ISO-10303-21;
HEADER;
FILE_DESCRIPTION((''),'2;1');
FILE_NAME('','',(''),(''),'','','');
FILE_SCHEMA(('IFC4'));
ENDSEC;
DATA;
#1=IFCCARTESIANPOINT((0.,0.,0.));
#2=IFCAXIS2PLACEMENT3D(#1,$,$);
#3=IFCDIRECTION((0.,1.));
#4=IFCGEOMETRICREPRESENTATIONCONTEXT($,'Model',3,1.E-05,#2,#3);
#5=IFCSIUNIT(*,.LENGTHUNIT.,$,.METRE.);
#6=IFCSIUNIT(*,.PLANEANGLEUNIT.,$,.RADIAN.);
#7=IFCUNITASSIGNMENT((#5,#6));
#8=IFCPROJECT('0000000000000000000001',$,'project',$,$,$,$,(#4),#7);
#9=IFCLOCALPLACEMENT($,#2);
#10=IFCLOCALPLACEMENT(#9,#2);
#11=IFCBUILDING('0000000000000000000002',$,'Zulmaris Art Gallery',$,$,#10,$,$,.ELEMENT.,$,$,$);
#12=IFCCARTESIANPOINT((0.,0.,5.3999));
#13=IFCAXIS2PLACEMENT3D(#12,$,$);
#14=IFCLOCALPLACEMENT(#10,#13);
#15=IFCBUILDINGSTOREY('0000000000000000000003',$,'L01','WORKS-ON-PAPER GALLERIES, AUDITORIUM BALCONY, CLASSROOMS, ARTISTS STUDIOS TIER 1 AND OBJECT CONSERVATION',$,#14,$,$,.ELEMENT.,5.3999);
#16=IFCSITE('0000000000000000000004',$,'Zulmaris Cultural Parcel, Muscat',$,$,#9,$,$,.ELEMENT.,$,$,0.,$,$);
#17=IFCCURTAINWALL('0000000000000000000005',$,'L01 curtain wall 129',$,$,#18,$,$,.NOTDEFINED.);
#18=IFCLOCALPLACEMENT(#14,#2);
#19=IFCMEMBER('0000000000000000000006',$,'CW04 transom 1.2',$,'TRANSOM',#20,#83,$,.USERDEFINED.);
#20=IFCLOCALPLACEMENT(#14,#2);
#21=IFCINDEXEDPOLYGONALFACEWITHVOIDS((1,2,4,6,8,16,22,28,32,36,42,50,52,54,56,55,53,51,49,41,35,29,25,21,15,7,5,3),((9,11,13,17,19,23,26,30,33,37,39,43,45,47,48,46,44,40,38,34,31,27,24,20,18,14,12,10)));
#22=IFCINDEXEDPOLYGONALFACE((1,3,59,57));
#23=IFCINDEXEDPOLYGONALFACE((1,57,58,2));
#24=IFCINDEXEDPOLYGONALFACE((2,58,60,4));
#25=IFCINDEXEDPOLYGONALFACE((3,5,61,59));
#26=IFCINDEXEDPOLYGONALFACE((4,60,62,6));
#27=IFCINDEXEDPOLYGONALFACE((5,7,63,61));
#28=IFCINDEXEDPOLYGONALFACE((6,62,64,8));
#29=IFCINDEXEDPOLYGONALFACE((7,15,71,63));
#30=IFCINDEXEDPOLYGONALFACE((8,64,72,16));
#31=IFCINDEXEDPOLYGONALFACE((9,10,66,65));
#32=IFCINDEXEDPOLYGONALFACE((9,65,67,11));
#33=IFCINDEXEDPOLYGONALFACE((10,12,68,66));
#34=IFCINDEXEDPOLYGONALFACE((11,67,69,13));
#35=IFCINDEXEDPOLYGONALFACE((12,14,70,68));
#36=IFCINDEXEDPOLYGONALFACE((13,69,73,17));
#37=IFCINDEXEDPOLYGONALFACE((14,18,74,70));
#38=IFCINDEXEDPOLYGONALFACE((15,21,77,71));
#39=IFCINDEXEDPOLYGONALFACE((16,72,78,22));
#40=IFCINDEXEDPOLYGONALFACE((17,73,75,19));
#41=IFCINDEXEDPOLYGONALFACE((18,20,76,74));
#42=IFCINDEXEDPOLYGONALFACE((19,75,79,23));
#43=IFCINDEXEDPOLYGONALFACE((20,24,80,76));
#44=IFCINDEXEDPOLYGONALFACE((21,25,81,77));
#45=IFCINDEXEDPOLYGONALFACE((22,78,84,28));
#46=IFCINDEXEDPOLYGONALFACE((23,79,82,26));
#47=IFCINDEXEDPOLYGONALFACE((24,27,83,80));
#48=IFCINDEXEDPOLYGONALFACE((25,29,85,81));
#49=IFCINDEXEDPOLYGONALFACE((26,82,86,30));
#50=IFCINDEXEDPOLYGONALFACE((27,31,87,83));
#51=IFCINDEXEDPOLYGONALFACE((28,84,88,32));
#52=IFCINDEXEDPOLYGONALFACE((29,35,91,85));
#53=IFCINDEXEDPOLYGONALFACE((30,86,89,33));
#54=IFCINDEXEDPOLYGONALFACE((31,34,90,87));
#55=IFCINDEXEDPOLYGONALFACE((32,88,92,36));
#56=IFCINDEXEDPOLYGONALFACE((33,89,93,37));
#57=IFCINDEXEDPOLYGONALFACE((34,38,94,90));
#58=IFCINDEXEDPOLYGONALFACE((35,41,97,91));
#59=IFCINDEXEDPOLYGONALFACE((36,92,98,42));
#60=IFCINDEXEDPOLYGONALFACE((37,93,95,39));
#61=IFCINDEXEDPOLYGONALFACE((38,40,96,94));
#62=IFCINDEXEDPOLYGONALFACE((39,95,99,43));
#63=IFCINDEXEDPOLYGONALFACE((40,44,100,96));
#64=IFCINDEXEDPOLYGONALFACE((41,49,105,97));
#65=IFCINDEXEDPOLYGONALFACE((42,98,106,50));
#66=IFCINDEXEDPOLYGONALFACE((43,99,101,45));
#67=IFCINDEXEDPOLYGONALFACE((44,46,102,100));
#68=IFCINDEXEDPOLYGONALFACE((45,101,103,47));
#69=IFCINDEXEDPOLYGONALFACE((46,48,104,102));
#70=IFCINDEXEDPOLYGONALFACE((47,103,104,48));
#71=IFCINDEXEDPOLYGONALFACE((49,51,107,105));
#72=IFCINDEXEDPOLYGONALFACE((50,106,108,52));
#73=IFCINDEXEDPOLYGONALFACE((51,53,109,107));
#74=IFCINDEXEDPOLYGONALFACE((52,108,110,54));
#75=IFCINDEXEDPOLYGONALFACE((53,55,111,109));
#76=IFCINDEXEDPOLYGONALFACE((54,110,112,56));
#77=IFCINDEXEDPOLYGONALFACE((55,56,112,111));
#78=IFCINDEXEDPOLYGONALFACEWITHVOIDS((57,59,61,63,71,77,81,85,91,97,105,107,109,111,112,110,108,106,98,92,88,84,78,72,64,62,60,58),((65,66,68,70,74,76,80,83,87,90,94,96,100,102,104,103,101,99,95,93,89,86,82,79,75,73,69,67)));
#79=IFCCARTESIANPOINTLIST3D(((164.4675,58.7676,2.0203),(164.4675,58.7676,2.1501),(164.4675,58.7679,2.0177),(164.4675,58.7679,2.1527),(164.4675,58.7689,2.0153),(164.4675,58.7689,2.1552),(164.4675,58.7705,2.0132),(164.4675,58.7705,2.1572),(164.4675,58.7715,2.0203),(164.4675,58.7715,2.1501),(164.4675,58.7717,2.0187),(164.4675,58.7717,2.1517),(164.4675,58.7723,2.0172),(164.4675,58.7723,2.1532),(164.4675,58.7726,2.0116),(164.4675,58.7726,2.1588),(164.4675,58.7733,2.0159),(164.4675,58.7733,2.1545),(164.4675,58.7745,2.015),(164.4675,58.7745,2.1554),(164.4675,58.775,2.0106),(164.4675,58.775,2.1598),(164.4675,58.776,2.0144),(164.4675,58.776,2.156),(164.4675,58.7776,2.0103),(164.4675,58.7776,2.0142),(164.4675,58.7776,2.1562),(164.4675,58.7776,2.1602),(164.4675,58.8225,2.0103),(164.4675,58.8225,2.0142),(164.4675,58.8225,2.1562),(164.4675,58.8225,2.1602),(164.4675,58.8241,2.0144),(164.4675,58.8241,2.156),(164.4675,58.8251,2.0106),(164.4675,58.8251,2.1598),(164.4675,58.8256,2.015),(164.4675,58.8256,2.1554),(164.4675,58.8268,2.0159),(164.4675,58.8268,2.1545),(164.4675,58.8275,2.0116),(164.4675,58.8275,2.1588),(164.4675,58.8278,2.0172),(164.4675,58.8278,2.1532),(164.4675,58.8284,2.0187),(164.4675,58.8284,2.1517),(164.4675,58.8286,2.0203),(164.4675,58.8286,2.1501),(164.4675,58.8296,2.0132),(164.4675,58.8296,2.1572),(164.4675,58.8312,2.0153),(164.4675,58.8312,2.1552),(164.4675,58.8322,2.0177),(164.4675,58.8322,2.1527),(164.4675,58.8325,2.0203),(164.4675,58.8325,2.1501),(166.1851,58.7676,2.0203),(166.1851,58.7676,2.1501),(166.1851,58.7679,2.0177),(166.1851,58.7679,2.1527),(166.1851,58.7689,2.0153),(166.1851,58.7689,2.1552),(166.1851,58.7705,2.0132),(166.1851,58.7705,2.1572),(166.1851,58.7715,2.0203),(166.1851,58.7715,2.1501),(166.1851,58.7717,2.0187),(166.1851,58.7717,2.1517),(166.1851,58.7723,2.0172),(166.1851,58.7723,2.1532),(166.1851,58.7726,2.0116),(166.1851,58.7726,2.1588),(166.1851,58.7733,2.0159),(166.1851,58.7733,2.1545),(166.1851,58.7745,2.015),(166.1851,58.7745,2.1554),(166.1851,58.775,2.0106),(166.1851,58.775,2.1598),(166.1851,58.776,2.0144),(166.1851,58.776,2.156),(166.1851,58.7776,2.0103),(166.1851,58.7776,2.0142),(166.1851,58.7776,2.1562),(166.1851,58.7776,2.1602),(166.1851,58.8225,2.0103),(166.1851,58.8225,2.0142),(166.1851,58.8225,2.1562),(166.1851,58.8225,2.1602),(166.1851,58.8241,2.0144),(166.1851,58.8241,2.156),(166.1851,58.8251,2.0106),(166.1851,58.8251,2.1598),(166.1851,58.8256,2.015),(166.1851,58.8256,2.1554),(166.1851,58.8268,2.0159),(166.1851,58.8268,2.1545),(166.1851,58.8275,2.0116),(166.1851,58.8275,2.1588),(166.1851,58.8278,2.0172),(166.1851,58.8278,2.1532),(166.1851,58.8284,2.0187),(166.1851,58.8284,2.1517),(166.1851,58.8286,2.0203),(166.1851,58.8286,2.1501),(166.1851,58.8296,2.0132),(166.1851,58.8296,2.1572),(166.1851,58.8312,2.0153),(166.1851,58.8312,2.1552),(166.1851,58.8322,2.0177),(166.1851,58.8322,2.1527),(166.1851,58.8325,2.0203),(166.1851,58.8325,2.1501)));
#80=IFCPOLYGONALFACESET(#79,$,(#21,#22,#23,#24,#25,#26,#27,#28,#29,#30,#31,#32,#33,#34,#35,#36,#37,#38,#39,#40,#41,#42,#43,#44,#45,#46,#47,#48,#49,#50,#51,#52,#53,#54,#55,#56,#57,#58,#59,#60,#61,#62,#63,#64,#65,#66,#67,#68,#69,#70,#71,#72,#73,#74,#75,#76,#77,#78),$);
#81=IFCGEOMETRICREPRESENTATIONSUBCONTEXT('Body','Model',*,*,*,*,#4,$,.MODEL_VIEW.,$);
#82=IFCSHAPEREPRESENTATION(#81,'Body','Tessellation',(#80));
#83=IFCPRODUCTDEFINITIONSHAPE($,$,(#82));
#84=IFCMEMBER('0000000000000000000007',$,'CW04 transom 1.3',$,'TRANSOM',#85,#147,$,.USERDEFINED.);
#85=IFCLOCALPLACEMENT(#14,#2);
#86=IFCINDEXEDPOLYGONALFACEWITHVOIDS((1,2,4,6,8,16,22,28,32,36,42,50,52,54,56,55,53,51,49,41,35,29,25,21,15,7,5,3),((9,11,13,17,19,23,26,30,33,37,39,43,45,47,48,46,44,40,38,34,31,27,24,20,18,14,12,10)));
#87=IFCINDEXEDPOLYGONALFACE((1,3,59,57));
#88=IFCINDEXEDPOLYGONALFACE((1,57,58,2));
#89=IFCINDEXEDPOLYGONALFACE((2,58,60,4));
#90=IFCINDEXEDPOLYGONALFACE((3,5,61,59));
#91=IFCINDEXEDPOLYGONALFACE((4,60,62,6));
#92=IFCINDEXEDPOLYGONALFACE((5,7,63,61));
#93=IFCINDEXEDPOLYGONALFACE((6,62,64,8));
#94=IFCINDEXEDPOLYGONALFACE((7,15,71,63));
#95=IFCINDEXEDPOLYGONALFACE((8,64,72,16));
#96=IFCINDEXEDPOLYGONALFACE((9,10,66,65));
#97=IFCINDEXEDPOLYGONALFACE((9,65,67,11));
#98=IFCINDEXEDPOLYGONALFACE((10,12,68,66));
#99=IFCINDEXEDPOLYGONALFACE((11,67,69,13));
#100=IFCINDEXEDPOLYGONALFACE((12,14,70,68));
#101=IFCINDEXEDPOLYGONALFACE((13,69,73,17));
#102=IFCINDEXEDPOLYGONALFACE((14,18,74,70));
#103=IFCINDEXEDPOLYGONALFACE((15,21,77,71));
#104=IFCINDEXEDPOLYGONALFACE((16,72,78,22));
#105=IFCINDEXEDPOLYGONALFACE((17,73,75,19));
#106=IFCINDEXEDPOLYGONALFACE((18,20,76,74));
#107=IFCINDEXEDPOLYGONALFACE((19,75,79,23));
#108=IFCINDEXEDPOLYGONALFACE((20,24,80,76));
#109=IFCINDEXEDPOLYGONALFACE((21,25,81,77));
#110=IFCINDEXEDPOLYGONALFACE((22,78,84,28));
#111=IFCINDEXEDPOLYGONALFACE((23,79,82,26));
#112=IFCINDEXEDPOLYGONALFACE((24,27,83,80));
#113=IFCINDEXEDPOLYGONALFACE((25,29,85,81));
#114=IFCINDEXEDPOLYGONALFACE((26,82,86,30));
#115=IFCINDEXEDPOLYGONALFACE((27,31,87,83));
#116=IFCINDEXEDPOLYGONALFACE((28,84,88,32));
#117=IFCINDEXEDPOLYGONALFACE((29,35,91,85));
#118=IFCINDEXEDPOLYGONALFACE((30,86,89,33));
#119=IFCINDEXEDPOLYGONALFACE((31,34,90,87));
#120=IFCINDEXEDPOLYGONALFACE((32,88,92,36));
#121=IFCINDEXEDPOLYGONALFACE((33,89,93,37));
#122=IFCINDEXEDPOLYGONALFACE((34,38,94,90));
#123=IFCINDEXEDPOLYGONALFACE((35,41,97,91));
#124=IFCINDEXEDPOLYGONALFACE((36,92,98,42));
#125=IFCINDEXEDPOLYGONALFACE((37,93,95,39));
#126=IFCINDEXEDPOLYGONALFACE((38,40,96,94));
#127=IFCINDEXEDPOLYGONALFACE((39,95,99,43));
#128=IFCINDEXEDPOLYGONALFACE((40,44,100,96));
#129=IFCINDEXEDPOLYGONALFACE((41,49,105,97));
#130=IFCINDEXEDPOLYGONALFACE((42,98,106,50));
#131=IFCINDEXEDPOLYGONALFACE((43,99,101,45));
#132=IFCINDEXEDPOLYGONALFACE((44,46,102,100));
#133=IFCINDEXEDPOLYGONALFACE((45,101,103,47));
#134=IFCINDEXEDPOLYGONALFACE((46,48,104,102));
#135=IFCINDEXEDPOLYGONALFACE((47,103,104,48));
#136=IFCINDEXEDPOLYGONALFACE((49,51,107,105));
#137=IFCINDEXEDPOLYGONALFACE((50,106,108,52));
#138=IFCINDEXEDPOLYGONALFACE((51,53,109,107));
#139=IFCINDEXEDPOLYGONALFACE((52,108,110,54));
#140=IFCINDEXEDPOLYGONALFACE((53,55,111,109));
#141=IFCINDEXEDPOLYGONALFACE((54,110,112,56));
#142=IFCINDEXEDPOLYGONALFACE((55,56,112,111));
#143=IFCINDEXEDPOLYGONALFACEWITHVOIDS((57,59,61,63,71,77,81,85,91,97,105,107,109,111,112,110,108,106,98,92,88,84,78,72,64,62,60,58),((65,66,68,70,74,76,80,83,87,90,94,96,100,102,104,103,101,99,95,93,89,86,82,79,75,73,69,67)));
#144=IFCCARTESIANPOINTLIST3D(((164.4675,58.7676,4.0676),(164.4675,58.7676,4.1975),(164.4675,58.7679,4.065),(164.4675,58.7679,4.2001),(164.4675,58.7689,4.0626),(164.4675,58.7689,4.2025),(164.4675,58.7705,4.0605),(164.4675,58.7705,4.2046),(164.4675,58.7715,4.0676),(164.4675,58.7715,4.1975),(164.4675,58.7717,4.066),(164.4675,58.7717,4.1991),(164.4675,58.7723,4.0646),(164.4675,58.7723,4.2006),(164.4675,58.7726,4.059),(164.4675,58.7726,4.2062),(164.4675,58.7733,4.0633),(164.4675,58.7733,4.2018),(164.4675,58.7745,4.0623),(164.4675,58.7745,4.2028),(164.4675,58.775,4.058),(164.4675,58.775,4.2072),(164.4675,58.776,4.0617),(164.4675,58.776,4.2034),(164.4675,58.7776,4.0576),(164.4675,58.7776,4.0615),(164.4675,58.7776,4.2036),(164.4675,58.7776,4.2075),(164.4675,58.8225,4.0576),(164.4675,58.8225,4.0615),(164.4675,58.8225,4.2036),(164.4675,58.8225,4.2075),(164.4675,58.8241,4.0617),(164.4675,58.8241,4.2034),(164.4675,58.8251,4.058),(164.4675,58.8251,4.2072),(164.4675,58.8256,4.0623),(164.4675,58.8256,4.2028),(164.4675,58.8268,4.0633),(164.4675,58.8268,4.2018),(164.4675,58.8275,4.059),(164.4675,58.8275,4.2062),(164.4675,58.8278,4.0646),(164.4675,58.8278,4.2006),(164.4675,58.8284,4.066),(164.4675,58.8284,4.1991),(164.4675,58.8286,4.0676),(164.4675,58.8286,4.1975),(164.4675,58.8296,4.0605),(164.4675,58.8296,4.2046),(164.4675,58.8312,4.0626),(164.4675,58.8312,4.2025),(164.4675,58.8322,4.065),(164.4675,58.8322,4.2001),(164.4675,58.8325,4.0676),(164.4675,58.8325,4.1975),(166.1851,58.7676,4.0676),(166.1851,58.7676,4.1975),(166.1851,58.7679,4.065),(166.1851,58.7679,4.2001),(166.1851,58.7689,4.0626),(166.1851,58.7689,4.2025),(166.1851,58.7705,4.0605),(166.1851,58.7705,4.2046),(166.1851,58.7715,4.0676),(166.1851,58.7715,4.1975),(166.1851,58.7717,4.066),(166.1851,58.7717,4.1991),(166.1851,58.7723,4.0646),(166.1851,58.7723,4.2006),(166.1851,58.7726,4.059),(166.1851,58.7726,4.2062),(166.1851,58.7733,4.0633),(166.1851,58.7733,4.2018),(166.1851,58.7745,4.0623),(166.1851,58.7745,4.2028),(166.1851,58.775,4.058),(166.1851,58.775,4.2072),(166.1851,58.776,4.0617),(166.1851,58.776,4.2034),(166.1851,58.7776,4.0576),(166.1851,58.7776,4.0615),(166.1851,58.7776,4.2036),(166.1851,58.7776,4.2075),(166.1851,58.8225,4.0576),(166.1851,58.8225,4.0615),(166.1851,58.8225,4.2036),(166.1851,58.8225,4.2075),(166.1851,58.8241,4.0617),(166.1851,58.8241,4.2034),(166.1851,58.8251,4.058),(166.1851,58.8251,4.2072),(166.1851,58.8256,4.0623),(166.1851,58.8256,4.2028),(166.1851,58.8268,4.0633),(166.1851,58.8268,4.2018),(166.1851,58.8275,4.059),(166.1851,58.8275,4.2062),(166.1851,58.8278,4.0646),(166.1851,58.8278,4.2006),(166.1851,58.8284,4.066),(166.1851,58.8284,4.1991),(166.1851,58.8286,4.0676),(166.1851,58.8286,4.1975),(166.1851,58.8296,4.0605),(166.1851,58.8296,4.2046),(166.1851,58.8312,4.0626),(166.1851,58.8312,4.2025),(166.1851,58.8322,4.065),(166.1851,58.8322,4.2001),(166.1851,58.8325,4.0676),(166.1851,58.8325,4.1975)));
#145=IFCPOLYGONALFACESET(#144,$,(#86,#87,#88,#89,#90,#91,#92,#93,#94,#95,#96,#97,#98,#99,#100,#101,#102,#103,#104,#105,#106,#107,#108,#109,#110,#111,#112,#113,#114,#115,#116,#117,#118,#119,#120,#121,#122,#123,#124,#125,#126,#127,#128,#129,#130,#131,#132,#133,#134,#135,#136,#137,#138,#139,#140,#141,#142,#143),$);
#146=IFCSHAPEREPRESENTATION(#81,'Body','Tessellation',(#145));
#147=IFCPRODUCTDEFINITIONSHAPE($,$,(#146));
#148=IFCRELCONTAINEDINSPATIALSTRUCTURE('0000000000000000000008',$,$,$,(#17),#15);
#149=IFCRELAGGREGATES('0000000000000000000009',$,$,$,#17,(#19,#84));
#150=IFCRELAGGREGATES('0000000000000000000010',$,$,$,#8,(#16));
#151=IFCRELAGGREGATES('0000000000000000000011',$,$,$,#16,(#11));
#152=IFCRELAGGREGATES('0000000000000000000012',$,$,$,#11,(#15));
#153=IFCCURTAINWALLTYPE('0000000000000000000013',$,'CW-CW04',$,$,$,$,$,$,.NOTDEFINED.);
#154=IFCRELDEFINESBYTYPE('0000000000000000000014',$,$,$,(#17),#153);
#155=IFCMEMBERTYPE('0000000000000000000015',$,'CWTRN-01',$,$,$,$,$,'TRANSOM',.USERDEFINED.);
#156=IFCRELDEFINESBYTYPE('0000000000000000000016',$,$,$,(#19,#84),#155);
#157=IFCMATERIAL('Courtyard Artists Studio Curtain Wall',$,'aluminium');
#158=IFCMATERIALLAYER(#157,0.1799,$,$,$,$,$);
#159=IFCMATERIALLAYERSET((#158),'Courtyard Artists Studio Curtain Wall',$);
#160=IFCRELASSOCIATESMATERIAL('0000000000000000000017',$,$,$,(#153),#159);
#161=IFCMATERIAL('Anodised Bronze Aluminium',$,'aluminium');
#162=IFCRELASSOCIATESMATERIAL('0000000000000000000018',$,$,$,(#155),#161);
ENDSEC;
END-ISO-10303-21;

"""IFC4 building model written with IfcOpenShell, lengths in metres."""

from ifc_helpers import new_model, si_unit, direction, frame, origin, origin_2d, place, context, subcontext, project, spatial, hollow_rectangle, extrude, material, layer, layer_set, material_profile, profile_set, type_object, element, aggregate, save


model = new_model("IFC4")

# Units and contexts
model_context = context("Model", 3, precision=1e-05, world=origin(), true_north=direction((0.0, 1.0)))
body_context = subcontext(model_context, "Body", "Model", "MODEL_VIEW")
ifc_project = project(units=[si_unit("LENGTHUNIT", "METRE"), si_unit("PLANEANGLEUNIT", "RADIAN")], contexts=[model_context])

# Site, building, storey
site_placement = place(None, origin())
site = spatial("IfcSite", under=ifc_project, at=site_placement, Name="Zulmaris Cultural Parcel, Muscat", CompositionType="ELEMENT", RefElevation=0.0)
building_placement = place(site_placement, origin())
building = spatial("IfcBuilding", under=site, at=building_placement, Name="Zulmaris Art Gallery", CompositionType="ELEMENT")
storey_placement = place(building_placement, frame((0.0, 0.0, 5.3999)))
storey = spatial("IfcBuildingStorey", under=building, at=storey_placement, Name="L01", Description="WORKS-ON-PAPER GALLERIES, AUDITORIUM BALCONY, CLASSROOMS, ARTISTS STUDIOS TIER 1 AND OBJECT CONSERVATION", CompositionType="ELEMENT", Elevation=5.3999)

# Curtain wall
ifc_material_1 = material(Name="Courtyard Artists Studio Curtain Wall", Category="aluminium")
ifc_layer_1 = layer(ifc_material_1, 0.1799)
ifc_layer_set_1 = layer_set([ifc_layer_1], Name="Courtyard Artists Studio Curtain Wall")
curtain_wall_type = type_object("IfcCurtainWallType", Name="CW-CW04", PredefinedType="NOTDEFINED", material=ifc_layer_set_1)
curtain_wall_1_placement = place(storey_placement, origin())
curtain_wall_1 = element("IfcCurtainWall", 1, at=curtain_wall_1_placement, inside=storey, type_object=curtain_wall_type, Name="L01 curtain wall 129", PredefinedType="NOTDEFINED")
ifc_material_2 = material(Name="Anodised Bronze Aluminium", Category="aluminium")

# Members
ifc_material_profile_1 = material_profile(ifc_material_2, hollow_rectangle(XDim=0.0649, YDim=0.1499, WallThickness=0.0039, InnerFilletRadius=0.0061, OuterFilletRadius=0.01, at=origin_2d()), Name="ALU 65x150x4")
ifc_profile_set_1 = profile_set([ifc_material_profile_1], Name="Anodised Bronze Aluminium")
member_type_1 = type_object("IfcMemberType", Name="CWTRN-01", ElementType="TRANSOM", PredefinedType="USERDEFINED", material=ifc_profile_set_1)
member_1_placement = place(storey_placement, frame((166.1851, 58.8, 2.0852), z_axis=(-1.0, 0.0, 0.0), x_axis=(0.0, -1.0, 0.0)))
member_1 = element("IfcMember", 2, at=member_1_placement, type_object=member_type_1, Name="CW04 transom 1.2", ObjectType="TRANSOM", PredefinedType="USERDEFINED", context=body_context, shape_type="SweptSolid", body=[
    extrude(hollow_rectangle(XDim=0.0649, YDim=0.1499, WallThickness=0.0039, InnerFilletRadius=0.0061, OuterFilletRadius=0.01, at=origin_2d()), origin(), (0.0, 0.0, 1.0), 1.7175),
])
member_2_placement = place(storey_placement, frame((166.1851, 58.8, 4.1326), z_axis=(-1.0, 0.0, 0.0), x_axis=(0.0, -1.0, 0.0)))
member_2 = element("IfcMember", 3, at=member_2_placement, type_object=member_type_1, Name="CW04 transom 1.3", ObjectType="TRANSOM", PredefinedType="USERDEFINED", context=body_context, shape_type="SweptSolid", body=[
    extrude(hollow_rectangle(XDim=0.0649, YDim=0.1499, WallThickness=0.0039, InnerFilletRadius=0.0061, OuterFilletRadius=0.01, at=origin_2d()), origin(), (0.0, 0.0, 1.0), 1.7175),
])

aggregate(curtain_wall_1, [member_1, member_2])

save(model, "model.ifc")
